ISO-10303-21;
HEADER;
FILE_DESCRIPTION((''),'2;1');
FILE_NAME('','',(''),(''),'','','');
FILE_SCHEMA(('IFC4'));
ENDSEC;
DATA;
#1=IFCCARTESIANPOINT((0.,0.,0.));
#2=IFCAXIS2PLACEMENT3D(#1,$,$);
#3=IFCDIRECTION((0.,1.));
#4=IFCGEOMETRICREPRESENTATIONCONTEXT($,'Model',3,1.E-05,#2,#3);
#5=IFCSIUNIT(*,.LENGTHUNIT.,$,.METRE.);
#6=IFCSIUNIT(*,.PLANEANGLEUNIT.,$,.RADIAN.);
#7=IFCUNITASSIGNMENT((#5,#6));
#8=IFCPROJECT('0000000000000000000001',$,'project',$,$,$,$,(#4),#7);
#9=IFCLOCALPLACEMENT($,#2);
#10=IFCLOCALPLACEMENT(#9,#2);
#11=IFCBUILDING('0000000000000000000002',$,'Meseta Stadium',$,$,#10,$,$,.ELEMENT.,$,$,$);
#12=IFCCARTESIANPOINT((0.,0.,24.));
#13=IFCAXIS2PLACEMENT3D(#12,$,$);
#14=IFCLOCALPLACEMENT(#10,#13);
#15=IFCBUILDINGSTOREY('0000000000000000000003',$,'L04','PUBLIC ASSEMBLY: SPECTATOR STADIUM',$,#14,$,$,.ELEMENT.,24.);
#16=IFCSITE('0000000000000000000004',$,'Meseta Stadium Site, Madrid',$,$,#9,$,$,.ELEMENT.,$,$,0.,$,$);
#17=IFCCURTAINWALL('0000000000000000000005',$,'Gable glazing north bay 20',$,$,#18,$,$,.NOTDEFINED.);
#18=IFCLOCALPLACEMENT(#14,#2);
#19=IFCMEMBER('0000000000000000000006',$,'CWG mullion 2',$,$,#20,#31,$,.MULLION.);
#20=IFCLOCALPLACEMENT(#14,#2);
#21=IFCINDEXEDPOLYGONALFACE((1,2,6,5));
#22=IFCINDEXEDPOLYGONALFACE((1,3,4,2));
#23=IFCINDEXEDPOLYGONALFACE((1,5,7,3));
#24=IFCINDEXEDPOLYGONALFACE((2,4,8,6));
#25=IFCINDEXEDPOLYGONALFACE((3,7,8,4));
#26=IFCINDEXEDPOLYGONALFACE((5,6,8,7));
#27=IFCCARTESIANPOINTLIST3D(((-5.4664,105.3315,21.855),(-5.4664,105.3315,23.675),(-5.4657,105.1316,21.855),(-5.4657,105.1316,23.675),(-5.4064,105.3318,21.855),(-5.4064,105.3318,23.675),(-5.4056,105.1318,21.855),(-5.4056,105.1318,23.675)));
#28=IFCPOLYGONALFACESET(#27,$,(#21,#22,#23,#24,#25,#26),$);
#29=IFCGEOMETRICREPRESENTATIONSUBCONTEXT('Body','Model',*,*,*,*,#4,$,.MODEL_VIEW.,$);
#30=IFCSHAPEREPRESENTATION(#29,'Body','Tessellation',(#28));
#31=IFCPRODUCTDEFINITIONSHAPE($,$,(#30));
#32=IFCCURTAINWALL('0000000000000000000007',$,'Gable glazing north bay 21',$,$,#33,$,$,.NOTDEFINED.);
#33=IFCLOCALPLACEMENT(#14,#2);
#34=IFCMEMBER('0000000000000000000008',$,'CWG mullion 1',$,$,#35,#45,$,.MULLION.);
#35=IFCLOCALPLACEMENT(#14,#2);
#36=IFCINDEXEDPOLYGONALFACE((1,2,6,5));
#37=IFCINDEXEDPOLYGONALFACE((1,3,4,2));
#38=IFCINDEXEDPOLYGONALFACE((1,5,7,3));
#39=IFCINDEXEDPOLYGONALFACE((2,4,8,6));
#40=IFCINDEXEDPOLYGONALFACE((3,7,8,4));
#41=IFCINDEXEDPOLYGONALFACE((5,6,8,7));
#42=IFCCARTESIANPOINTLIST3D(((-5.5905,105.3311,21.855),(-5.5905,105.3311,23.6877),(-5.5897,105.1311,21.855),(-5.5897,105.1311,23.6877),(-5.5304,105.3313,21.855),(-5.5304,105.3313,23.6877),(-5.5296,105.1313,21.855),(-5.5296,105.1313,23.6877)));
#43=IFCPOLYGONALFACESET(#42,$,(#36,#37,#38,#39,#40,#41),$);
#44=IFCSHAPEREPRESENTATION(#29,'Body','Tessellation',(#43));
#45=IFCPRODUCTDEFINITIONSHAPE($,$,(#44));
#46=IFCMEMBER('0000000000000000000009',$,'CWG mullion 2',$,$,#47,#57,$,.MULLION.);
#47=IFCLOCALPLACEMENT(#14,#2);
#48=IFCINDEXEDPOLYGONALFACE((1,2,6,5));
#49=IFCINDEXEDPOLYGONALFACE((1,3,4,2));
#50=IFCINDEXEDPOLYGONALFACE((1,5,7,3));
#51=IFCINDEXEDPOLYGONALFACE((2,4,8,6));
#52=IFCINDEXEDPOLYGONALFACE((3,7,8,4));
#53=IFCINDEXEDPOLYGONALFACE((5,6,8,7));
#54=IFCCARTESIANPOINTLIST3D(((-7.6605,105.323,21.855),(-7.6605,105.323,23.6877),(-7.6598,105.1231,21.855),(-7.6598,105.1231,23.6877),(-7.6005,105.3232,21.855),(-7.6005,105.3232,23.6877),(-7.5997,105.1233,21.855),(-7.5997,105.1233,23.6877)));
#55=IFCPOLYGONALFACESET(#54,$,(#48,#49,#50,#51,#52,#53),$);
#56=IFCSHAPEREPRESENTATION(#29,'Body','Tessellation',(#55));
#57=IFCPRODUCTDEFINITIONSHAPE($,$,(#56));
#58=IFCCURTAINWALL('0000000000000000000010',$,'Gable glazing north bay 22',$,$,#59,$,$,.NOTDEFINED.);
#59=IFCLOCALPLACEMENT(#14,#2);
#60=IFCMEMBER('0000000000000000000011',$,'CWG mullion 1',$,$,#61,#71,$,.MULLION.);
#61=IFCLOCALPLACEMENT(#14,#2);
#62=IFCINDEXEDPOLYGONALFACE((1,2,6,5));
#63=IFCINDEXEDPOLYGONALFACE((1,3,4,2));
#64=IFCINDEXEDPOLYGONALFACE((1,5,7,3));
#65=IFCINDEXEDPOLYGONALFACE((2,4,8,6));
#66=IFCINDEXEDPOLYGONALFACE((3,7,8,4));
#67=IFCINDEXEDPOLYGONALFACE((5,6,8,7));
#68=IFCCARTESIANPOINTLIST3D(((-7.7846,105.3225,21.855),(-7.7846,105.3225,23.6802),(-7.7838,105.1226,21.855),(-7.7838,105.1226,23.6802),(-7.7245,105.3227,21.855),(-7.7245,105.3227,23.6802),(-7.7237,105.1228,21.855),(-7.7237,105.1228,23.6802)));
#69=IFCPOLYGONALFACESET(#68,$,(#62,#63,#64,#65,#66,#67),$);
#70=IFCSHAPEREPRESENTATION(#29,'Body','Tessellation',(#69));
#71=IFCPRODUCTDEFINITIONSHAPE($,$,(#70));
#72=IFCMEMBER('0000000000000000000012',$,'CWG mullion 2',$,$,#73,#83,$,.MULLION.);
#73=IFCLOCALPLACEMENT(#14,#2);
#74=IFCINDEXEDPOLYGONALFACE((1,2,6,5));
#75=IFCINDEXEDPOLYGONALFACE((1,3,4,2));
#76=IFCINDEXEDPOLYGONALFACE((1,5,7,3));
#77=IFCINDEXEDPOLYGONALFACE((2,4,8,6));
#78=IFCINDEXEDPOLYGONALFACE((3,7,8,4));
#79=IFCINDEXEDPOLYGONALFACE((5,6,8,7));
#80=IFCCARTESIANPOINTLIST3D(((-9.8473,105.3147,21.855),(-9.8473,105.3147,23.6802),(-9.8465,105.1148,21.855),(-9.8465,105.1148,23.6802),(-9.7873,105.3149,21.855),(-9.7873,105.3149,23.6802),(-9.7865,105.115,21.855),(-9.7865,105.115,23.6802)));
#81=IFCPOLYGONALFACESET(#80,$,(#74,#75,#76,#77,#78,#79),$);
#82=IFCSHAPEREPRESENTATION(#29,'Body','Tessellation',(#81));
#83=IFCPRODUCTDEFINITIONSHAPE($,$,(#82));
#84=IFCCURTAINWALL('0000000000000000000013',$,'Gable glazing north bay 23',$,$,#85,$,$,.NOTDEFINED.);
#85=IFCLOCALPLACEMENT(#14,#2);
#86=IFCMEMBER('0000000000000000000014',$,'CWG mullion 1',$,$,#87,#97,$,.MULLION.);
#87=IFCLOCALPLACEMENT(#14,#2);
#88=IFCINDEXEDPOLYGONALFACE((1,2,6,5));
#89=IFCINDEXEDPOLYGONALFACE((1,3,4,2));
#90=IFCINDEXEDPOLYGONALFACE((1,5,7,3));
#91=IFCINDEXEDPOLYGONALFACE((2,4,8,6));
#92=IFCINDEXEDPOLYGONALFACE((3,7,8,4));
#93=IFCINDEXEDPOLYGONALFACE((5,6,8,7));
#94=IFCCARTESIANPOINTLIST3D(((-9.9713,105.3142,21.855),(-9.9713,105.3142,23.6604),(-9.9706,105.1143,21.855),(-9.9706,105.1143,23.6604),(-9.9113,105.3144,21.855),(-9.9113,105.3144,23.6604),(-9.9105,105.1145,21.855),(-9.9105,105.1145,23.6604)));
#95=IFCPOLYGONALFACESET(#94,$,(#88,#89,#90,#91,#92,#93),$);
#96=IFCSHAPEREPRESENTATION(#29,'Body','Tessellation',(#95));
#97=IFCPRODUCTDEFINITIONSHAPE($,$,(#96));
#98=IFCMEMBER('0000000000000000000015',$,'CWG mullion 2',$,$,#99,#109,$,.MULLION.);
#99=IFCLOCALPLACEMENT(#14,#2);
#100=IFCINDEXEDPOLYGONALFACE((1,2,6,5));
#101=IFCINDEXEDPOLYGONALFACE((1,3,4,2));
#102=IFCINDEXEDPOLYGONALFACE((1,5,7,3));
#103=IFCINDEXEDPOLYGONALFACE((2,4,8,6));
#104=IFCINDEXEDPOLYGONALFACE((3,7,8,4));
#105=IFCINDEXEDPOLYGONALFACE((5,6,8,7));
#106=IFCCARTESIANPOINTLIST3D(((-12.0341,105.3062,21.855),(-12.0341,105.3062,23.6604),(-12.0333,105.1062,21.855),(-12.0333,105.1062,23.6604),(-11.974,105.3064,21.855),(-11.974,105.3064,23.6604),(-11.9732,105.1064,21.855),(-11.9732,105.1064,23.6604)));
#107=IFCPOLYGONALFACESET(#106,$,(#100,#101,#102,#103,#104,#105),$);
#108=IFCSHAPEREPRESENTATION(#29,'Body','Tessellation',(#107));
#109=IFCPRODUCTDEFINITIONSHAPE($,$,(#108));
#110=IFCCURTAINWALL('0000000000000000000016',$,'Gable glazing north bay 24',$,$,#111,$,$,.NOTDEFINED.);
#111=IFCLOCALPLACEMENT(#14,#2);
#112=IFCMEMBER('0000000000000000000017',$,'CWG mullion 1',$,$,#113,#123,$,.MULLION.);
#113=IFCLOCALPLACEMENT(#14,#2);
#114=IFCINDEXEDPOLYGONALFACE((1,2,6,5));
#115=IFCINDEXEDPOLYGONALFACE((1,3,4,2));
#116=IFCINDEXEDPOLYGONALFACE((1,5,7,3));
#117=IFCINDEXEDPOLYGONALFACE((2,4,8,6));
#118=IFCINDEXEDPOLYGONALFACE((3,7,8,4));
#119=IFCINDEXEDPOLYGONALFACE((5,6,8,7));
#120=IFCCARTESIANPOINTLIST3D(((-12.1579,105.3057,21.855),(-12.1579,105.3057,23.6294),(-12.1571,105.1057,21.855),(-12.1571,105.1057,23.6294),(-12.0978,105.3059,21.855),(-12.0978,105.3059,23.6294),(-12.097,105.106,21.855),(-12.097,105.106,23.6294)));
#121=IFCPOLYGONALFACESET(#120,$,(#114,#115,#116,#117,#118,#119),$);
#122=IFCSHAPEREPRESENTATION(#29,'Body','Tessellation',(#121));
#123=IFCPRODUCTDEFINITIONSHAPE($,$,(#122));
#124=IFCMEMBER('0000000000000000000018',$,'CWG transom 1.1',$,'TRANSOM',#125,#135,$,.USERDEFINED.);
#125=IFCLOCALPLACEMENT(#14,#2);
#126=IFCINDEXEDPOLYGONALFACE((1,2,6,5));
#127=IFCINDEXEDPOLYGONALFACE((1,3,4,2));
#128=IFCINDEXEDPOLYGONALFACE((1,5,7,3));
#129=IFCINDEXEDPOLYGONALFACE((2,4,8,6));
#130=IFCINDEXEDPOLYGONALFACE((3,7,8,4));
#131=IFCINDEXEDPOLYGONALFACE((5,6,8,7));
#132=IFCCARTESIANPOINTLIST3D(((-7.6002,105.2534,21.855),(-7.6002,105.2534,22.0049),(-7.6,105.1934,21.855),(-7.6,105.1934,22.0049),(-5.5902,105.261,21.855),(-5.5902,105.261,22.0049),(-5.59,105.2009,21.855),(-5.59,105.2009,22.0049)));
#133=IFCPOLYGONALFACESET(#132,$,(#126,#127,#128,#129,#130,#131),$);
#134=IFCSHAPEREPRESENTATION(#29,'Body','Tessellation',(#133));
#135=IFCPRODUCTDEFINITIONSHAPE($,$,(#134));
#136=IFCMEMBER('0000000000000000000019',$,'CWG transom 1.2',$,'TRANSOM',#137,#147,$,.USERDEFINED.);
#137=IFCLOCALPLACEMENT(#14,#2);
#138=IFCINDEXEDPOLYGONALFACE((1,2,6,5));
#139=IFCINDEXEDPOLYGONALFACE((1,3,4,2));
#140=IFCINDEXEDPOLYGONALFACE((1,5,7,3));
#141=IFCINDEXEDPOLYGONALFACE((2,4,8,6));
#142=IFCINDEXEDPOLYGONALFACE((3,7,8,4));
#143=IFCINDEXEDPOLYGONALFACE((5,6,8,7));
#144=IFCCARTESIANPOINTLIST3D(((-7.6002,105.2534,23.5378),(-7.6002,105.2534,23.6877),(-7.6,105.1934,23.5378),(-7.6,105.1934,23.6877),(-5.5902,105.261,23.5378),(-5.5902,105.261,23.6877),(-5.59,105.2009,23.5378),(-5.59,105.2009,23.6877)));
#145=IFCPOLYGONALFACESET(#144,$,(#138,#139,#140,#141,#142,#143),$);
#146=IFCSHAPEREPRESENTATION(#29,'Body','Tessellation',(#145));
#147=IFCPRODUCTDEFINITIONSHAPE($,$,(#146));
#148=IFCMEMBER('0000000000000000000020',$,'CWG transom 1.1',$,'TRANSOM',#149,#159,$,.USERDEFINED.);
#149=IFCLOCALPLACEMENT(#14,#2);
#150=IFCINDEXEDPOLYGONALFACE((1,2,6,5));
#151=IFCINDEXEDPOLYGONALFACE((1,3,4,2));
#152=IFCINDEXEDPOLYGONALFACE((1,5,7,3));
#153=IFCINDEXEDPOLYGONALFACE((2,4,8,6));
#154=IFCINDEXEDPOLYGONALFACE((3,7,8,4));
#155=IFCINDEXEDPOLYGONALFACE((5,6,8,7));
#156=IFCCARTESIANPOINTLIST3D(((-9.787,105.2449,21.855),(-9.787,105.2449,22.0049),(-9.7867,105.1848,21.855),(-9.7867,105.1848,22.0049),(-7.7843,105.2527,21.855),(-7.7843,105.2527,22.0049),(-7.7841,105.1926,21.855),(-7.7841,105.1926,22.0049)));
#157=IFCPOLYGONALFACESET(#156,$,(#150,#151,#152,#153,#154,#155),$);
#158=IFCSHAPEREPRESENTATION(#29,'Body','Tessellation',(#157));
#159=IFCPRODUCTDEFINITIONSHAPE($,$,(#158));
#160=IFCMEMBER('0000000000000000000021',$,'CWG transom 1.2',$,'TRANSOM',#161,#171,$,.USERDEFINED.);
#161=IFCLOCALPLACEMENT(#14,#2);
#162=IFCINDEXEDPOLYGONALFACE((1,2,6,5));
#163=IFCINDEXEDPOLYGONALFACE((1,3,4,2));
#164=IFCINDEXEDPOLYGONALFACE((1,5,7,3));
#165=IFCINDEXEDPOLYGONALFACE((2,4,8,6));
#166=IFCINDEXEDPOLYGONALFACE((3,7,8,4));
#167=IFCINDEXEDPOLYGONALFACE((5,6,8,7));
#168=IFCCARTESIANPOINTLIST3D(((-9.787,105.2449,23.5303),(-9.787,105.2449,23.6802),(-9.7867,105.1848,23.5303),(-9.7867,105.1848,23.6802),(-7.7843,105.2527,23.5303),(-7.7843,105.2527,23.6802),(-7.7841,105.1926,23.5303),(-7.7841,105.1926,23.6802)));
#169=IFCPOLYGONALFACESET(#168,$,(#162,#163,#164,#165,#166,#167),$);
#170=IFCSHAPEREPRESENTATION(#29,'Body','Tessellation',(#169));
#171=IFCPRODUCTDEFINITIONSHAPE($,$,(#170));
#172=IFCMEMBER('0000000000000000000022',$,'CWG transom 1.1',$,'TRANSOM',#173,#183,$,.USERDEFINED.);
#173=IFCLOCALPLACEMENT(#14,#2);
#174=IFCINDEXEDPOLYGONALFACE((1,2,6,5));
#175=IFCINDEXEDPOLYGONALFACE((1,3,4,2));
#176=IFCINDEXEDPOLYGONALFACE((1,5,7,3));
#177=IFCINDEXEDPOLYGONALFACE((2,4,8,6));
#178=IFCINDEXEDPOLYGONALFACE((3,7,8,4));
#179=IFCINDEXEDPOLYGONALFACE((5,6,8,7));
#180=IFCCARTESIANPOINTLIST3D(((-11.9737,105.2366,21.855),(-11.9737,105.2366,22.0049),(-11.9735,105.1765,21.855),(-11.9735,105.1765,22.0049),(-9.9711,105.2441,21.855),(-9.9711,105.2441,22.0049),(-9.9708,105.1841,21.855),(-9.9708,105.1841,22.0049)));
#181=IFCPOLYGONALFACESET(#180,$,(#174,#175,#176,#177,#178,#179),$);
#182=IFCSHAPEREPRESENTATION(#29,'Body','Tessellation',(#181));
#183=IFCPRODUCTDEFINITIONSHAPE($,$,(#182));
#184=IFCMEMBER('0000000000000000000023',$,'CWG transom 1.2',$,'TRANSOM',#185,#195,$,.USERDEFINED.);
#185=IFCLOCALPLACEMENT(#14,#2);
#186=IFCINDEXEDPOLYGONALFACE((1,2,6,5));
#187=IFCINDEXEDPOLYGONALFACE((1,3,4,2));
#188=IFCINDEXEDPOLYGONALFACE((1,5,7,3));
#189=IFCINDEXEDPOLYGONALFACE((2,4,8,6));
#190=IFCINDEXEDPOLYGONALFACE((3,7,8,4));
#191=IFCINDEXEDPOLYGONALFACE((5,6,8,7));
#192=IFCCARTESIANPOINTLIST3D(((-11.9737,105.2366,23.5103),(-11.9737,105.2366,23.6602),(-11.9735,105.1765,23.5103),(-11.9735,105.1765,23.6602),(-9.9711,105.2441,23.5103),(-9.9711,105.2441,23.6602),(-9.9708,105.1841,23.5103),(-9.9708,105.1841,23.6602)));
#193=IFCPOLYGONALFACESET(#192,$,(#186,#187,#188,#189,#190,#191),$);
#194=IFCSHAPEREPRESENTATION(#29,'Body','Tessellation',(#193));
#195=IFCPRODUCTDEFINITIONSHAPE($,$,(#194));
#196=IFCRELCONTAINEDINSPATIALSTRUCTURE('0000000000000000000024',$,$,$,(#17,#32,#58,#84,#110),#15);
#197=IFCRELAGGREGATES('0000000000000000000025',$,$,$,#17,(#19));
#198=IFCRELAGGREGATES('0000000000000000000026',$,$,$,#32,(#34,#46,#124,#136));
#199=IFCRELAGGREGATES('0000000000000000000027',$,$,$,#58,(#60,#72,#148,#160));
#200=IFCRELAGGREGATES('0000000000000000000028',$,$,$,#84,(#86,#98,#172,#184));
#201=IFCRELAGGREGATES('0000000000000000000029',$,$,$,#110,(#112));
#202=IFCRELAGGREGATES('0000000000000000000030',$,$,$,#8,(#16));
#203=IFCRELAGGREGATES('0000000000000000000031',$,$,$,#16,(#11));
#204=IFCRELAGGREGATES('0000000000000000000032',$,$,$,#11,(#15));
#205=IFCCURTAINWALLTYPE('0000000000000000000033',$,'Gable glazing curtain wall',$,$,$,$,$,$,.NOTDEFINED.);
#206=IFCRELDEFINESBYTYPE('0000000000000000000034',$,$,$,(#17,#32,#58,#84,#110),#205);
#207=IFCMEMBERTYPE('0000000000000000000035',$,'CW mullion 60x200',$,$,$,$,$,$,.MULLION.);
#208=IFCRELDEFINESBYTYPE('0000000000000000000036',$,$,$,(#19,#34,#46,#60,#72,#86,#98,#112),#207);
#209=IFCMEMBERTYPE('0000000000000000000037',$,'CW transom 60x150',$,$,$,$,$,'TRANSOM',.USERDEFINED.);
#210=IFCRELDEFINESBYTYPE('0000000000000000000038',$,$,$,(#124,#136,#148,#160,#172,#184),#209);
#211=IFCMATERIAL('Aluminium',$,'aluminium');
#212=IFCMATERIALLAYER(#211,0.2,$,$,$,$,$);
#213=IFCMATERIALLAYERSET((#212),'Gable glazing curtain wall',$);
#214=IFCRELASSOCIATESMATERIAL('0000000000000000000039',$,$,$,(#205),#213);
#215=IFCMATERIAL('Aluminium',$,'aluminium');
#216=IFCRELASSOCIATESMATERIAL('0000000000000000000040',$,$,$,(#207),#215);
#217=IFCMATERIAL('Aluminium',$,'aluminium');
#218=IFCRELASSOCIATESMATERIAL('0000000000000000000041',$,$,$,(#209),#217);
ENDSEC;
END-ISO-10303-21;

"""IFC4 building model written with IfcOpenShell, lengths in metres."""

from ifc_helpers import new_model, si_unit, direction, frame, origin, origin_2d, place, context, subcontext, project, spatial, rectangle, extrude, material, layer, layer_set, material_profile, profile_set, type_object, element, aggregate, save


model = new_model("IFC4")

# Units and contexts
model_context = context("Model", 3, precision=1e-05, world=origin(), true_north=direction((0.0, 1.0)))
body_context = subcontext(model_context, "Body", "Model", "MODEL_VIEW")
ifc_project = project(units=[si_unit("LENGTHUNIT", "METRE"), si_unit("PLANEANGLEUNIT", "RADIAN")], contexts=[model_context])

# Site, building, storey
site_placement = place(None, origin())
site = spatial("IfcSite", under=ifc_project, at=site_placement, Name="Meseta Stadium Site, Madrid", CompositionType="ELEMENT", RefElevation=0.0)
building_placement = place(site_placement, origin())
building = spatial("IfcBuilding", under=site, at=building_placement, Name="Meseta Stadium", CompositionType="ELEMENT")
storey_placement = place(building_placement, frame((0.0, 0.0, 24.0)))
storey = spatial("IfcBuildingStorey", under=building, at=storey_placement, Name="L04", Description="PUBLIC ASSEMBLY: SPECTATOR STADIUM", CompositionType="ELEMENT", Elevation=24.0)

# Curtain wall, member
ifc_material_1 = material(Name="Aluminium", Category="aluminium")
ifc_layer_1 = layer(ifc_material_1, 0.2)
ifc_layer_set_1 = layer_set([ifc_layer_1], Name="Gable glazing curtain wall")
curtain_wall_type = type_object("IfcCurtainWallType", Name="Gable glazing curtain wall", PredefinedType="NOTDEFINED", material=ifc_layer_set_1)
curtain_wall_1_placement = place(storey_placement, origin())
curtain_wall_1 = element("IfcCurtainWall", 1, at=curtain_wall_1_placement, inside=storey, type_object=curtain_wall_type, Name="Gable glazing north bay 20", PredefinedType="NOTDEFINED")
ifc_material_2 = material(Name="Aluminium", Category="aluminium")
ifc_material_profile_1 = material_profile(ifc_material_2, rectangle(XDim=0.2, YDim=0.0601, at=origin_2d()), Name="CW 200x60")
ifc_profile_set_1 = profile_set([ifc_material_profile_1], Name="Aluminium")
member_type_1 = type_object("IfcMemberType", Name="CW mullion 60x200", PredefinedType="MULLION", material=ifc_profile_set_1)
member_1_placement = place(storey_placement, frame((-5.436, 105.2317, 21.855), z_axis=(0.0, 0.0, 1.0), x_axis=(0.003848, -0.999993, 0.0)))
member_1 = element("IfcMember", 2, at=member_1_placement, type_object=member_type_1, Name="CWG mullion 2", PredefinedType="MULLION", context=body_context, shape_type="SweptSolid", body=[
    extrude(rectangle(XDim=0.2, YDim=0.0601, at=origin_2d()), origin(), (0.0, 0.0, 1.0), 1.8201),
])
aggregate(curtain_wall_1, [member_1])

# Curtain walls, members
curtain_wall_2_placement = place(storey_placement, origin())
curtain_wall_2 = element("IfcCurtainWall", 3, at=curtain_wall_2_placement, inside=storey, type_object=curtain_wall_type, Name="Gable glazing north bay 21", PredefinedType="NOTDEFINED")
member_2_placement = place(storey_placement, frame((-5.5601, 105.2312, 21.855), z_axis=(0.0, 0.0, 1.0), x_axis=(0.003848, -0.999993, 0.0)))
member_2 = element("IfcMember", 4, at=member_2_placement, type_object=member_type_1, Name="CWG mullion 1", PredefinedType="MULLION", context=body_context, shape_type="SweptSolid", body=[
    extrude(rectangle(XDim=0.2, YDim=0.0601, at=origin_2d()), origin(), (0.0, 0.0, 1.0), 1.8328),
])
member_3_placement = place(storey_placement, frame((-7.6301, 105.2231, 21.855), z_axis=(0.0, 0.0, 1.0), x_axis=(0.003848, -0.999993, 0.0)))
member_3 = element("IfcMember", 5, at=member_3_placement, type_object=member_type_1, Name="CWG mullion 2", PredefinedType="MULLION", context=body_context, shape_type="SweptSolid", body=[
    extrude(rectangle(XDim=0.2, YDim=0.0601, at=origin_2d()), origin(), (0.0, 0.0, 1.0), 1.8328),
])
curtain_wall_3_placement = place(storey_placement, origin())
curtain_wall_3 = element("IfcCurtainWall", 6, at=curtain_wall_3_placement, inside=storey, type_object=curtain_wall_type, Name="Gable glazing north bay 22", PredefinedType="NOTDEFINED")
member_4_placement = place(storey_placement, frame((-7.7542, 105.2227, 21.855), z_axis=(0.0, 0.0, 1.0), x_axis=(0.003848, -0.999993, 0.0)))
member_4 = element("IfcMember", 7, at=member_4_placement, type_object=member_type_1, Name="CWG mullion 1", PredefinedType="MULLION", context=body_context, shape_type="SweptSolid", body=[
    extrude(rectangle(XDim=0.2, YDim=0.0601, at=origin_2d()), origin(), (0.0, 0.0, 1.0), 1.8252),
])
member_5_placement = place(storey_placement, frame((-9.8169, 105.2148, 21.855), z_axis=(0.0, 0.0, 1.0), x_axis=(0.003848, -0.999993, 0.0)))
member_5 = element("IfcMember", 8, at=member_5_placement, type_object=member_type_1, Name="CWG mullion 2", PredefinedType="MULLION", context=body_context, shape_type="SweptSolid", body=[
    extrude(rectangle(XDim=0.2, YDim=0.0601, at=origin_2d()), origin(), (0.0, 0.0, 1.0), 1.8252),
])
curtain_wall_4_placement = place(storey_placement, origin())
curtain_wall_4 = element("IfcCurtainWall", 9, at=curtain_wall_4_placement, inside=storey, type_object=curtain_wall_type, Name="Gable glazing north bay 23", PredefinedType="NOTDEFINED")
member_6_placement = place(storey_placement, frame((-9.9409, 105.2144, 21.855), z_axis=(0.0, 0.0, 1.0), x_axis=(0.003848, -0.999993, 0.0)))
member_6 = element("IfcMember", 10, at=member_6_placement, type_object=member_type_1, Name="CWG mullion 1", PredefinedType="MULLION", context=body_context, shape_type="SweptSolid", body=[
    extrude(rectangle(XDim=0.2, YDim=0.0601, at=origin_2d()), origin(), (0.0, 0.0, 1.0), 1.8054),
])
member_7_placement = place(storey_placement, frame((-12.0037, 105.2063, 21.855), z_axis=(0.0, 0.0, 1.0), x_axis=(0.003848, -0.999993, 0.0)))
member_7 = element("IfcMember", 11, at=member_7_placement, type_object=member_type_1, Name="CWG mullion 2", PredefinedType="MULLION", context=body_context, shape_type="SweptSolid", body=[
    extrude(rectangle(XDim=0.2, YDim=0.0601, at=origin_2d()), origin(), (0.0, 0.0, 1.0), 1.8054),
])

# Curtain wall, member
curtain_wall_5_placement = place(storey_placement, origin())
curtain_wall_5 = element("IfcCurtainWall", 12, at=curtain_wall_5_placement, inside=storey, type_object=curtain_wall_type, Name="Gable glazing north bay 24", PredefinedType="NOTDEFINED")
member_8_placement = place(storey_placement, frame((-12.1274, 105.2058, 21.855), z_axis=(0.0, 0.0, 1.0), x_axis=(0.003848, -0.999993, 0.0)))
member_8 = element("IfcMember", 13, at=member_8_placement, type_object=member_type_1, Name="CWG mullion 1", PredefinedType="MULLION", context=body_context, shape_type="SweptSolid", body=[
    extrude(rectangle(XDim=0.2, YDim=0.0601, at=origin_2d()), origin(), (0.0, 0.0, 1.0), 1.7744),
])

# Members
ifc_material_3 = material(Name="Aluminium", Category="aluminium")
ifc_material_profile_2 = material_profile(ifc_material_3, rectangle(XDim=0.0601, YDim=0.1499, at=origin_2d()), Name="CW 60x150")
ifc_profile_set_2 = profile_set([ifc_material_profile_2], Name="Aluminium")
member_type_2 = type_object("IfcMemberType", Name="CW transom 60x150", ElementType="TRANSOM", PredefinedType="USERDEFINED", material=ifc_profile_set_2)
member_9_placement = place(storey_placement, frame((-5.5901, 105.231, 21.9299), z_axis=(-0.999993, -0.003765, 0.0), x_axis=(0.003765, -0.999993, 0.0)))
member_9 = element("IfcMember", 14, at=member_9_placement, type_object=member_type_2, Name="CWG transom 1.1", ObjectType="TRANSOM", PredefinedType="USERDEFINED", context=body_context, shape_type="SweptSolid", body=[
    extrude(rectangle(XDim=0.0601, YDim=0.1499, at=origin_2d()), origin(), (0.0, 0.0, 1.0), 2.01),
])
member_10_placement = place(storey_placement, frame((-5.5901, 105.231, 23.6128), z_axis=(-0.999993, -0.003765, 0.0), x_axis=(0.003765, -0.999993, 0.0)))
member_10 = element("IfcMember", 15, at=member_10_placement, type_object=member_type_2, Name="CWG transom 1.2", ObjectType="TRANSOM", PredefinedType="USERDEFINED", context=body_context, shape_type="SweptSolid", body=[
    extrude(rectangle(XDim=0.0601, YDim=0.1499, at=origin_2d()), origin(), (0.0, 0.0, 1.0), 2.01),
])
member_11_placement = place(storey_placement, frame((-7.7842, 105.2227, 21.9299), z_axis=(-0.999992, -0.003901, 0.0), x_axis=(0.003901, -0.999992, 0.0)))
member_11 = element("IfcMember", 16, at=member_11_placement, type_object=member_type_2, Name="CWG transom 1.1", ObjectType="TRANSOM", PredefinedType="USERDEFINED", context=body_context, shape_type="SweptSolid", body=[
    extrude(rectangle(XDim=0.0601, YDim=0.1499, at=origin_2d()), origin(), (0.0, 0.0, 1.0), 2.0027),
])
member_12_placement = place(storey_placement, frame((-7.7842, 105.2227, 23.6052), z_axis=(-0.999992, -0.003901, 0.0), x_axis=(0.003901, -0.999992, 0.0)))
member_12 = element("IfcMember", 17, at=member_12_placement, type_object=member_type_2, Name="CWG transom 1.2", ObjectType="TRANSOM", PredefinedType="USERDEFINED", context=body_context, shape_type="SweptSolid", body=[
    extrude(rectangle(XDim=0.0601, YDim=0.1499, at=origin_2d()), origin(), (0.0, 0.0, 1.0), 2.0027),
])
member_13_placement = place(storey_placement, frame((-9.9709, 105.2141, 21.9299), z_axis=(-0.999993, -0.003779, 0.0), x_axis=(0.003779, -0.999993, 0.0)))
member_13 = element("IfcMember", 18, at=member_13_placement, type_object=member_type_2, Name="CWG transom 1.1", ObjectType="TRANSOM", PredefinedType="USERDEFINED", context=body_context, shape_type="SweptSolid", body=[
    extrude(rectangle(XDim=0.0601, YDim=0.1499, at=origin_2d()), origin(), (0.0, 0.0, 1.0), 2.0027),
])
member_14_placement = place(storey_placement, frame((-9.9709, 105.2141, 23.5852), z_axis=(-0.999993, -0.003779, 0.0), x_axis=(0.003779, -0.999993, 0.0)))
member_14 = element("IfcMember", 19, at=member_14_placement, type_object=member_type_2, Name="CWG transom 1.2", ObjectType="TRANSOM", PredefinedType="USERDEFINED", context=body_context, shape_type="SweptSolid", body=[
    extrude(rectangle(XDim=0.0601, YDim=0.1499, at=origin_2d()), origin(), (0.0, 0.0, 1.0), 2.0027),
])

aggregate(curtain_wall_2, [member_2, member_3, member_9, member_10])
aggregate(curtain_wall_3, [member_4, member_5, member_11, member_12])
aggregate(curtain_wall_4, [member_6, member_7, member_13, member_14])
aggregate(curtain_wall_5, [member_8])

save(model, "model.ifc")
